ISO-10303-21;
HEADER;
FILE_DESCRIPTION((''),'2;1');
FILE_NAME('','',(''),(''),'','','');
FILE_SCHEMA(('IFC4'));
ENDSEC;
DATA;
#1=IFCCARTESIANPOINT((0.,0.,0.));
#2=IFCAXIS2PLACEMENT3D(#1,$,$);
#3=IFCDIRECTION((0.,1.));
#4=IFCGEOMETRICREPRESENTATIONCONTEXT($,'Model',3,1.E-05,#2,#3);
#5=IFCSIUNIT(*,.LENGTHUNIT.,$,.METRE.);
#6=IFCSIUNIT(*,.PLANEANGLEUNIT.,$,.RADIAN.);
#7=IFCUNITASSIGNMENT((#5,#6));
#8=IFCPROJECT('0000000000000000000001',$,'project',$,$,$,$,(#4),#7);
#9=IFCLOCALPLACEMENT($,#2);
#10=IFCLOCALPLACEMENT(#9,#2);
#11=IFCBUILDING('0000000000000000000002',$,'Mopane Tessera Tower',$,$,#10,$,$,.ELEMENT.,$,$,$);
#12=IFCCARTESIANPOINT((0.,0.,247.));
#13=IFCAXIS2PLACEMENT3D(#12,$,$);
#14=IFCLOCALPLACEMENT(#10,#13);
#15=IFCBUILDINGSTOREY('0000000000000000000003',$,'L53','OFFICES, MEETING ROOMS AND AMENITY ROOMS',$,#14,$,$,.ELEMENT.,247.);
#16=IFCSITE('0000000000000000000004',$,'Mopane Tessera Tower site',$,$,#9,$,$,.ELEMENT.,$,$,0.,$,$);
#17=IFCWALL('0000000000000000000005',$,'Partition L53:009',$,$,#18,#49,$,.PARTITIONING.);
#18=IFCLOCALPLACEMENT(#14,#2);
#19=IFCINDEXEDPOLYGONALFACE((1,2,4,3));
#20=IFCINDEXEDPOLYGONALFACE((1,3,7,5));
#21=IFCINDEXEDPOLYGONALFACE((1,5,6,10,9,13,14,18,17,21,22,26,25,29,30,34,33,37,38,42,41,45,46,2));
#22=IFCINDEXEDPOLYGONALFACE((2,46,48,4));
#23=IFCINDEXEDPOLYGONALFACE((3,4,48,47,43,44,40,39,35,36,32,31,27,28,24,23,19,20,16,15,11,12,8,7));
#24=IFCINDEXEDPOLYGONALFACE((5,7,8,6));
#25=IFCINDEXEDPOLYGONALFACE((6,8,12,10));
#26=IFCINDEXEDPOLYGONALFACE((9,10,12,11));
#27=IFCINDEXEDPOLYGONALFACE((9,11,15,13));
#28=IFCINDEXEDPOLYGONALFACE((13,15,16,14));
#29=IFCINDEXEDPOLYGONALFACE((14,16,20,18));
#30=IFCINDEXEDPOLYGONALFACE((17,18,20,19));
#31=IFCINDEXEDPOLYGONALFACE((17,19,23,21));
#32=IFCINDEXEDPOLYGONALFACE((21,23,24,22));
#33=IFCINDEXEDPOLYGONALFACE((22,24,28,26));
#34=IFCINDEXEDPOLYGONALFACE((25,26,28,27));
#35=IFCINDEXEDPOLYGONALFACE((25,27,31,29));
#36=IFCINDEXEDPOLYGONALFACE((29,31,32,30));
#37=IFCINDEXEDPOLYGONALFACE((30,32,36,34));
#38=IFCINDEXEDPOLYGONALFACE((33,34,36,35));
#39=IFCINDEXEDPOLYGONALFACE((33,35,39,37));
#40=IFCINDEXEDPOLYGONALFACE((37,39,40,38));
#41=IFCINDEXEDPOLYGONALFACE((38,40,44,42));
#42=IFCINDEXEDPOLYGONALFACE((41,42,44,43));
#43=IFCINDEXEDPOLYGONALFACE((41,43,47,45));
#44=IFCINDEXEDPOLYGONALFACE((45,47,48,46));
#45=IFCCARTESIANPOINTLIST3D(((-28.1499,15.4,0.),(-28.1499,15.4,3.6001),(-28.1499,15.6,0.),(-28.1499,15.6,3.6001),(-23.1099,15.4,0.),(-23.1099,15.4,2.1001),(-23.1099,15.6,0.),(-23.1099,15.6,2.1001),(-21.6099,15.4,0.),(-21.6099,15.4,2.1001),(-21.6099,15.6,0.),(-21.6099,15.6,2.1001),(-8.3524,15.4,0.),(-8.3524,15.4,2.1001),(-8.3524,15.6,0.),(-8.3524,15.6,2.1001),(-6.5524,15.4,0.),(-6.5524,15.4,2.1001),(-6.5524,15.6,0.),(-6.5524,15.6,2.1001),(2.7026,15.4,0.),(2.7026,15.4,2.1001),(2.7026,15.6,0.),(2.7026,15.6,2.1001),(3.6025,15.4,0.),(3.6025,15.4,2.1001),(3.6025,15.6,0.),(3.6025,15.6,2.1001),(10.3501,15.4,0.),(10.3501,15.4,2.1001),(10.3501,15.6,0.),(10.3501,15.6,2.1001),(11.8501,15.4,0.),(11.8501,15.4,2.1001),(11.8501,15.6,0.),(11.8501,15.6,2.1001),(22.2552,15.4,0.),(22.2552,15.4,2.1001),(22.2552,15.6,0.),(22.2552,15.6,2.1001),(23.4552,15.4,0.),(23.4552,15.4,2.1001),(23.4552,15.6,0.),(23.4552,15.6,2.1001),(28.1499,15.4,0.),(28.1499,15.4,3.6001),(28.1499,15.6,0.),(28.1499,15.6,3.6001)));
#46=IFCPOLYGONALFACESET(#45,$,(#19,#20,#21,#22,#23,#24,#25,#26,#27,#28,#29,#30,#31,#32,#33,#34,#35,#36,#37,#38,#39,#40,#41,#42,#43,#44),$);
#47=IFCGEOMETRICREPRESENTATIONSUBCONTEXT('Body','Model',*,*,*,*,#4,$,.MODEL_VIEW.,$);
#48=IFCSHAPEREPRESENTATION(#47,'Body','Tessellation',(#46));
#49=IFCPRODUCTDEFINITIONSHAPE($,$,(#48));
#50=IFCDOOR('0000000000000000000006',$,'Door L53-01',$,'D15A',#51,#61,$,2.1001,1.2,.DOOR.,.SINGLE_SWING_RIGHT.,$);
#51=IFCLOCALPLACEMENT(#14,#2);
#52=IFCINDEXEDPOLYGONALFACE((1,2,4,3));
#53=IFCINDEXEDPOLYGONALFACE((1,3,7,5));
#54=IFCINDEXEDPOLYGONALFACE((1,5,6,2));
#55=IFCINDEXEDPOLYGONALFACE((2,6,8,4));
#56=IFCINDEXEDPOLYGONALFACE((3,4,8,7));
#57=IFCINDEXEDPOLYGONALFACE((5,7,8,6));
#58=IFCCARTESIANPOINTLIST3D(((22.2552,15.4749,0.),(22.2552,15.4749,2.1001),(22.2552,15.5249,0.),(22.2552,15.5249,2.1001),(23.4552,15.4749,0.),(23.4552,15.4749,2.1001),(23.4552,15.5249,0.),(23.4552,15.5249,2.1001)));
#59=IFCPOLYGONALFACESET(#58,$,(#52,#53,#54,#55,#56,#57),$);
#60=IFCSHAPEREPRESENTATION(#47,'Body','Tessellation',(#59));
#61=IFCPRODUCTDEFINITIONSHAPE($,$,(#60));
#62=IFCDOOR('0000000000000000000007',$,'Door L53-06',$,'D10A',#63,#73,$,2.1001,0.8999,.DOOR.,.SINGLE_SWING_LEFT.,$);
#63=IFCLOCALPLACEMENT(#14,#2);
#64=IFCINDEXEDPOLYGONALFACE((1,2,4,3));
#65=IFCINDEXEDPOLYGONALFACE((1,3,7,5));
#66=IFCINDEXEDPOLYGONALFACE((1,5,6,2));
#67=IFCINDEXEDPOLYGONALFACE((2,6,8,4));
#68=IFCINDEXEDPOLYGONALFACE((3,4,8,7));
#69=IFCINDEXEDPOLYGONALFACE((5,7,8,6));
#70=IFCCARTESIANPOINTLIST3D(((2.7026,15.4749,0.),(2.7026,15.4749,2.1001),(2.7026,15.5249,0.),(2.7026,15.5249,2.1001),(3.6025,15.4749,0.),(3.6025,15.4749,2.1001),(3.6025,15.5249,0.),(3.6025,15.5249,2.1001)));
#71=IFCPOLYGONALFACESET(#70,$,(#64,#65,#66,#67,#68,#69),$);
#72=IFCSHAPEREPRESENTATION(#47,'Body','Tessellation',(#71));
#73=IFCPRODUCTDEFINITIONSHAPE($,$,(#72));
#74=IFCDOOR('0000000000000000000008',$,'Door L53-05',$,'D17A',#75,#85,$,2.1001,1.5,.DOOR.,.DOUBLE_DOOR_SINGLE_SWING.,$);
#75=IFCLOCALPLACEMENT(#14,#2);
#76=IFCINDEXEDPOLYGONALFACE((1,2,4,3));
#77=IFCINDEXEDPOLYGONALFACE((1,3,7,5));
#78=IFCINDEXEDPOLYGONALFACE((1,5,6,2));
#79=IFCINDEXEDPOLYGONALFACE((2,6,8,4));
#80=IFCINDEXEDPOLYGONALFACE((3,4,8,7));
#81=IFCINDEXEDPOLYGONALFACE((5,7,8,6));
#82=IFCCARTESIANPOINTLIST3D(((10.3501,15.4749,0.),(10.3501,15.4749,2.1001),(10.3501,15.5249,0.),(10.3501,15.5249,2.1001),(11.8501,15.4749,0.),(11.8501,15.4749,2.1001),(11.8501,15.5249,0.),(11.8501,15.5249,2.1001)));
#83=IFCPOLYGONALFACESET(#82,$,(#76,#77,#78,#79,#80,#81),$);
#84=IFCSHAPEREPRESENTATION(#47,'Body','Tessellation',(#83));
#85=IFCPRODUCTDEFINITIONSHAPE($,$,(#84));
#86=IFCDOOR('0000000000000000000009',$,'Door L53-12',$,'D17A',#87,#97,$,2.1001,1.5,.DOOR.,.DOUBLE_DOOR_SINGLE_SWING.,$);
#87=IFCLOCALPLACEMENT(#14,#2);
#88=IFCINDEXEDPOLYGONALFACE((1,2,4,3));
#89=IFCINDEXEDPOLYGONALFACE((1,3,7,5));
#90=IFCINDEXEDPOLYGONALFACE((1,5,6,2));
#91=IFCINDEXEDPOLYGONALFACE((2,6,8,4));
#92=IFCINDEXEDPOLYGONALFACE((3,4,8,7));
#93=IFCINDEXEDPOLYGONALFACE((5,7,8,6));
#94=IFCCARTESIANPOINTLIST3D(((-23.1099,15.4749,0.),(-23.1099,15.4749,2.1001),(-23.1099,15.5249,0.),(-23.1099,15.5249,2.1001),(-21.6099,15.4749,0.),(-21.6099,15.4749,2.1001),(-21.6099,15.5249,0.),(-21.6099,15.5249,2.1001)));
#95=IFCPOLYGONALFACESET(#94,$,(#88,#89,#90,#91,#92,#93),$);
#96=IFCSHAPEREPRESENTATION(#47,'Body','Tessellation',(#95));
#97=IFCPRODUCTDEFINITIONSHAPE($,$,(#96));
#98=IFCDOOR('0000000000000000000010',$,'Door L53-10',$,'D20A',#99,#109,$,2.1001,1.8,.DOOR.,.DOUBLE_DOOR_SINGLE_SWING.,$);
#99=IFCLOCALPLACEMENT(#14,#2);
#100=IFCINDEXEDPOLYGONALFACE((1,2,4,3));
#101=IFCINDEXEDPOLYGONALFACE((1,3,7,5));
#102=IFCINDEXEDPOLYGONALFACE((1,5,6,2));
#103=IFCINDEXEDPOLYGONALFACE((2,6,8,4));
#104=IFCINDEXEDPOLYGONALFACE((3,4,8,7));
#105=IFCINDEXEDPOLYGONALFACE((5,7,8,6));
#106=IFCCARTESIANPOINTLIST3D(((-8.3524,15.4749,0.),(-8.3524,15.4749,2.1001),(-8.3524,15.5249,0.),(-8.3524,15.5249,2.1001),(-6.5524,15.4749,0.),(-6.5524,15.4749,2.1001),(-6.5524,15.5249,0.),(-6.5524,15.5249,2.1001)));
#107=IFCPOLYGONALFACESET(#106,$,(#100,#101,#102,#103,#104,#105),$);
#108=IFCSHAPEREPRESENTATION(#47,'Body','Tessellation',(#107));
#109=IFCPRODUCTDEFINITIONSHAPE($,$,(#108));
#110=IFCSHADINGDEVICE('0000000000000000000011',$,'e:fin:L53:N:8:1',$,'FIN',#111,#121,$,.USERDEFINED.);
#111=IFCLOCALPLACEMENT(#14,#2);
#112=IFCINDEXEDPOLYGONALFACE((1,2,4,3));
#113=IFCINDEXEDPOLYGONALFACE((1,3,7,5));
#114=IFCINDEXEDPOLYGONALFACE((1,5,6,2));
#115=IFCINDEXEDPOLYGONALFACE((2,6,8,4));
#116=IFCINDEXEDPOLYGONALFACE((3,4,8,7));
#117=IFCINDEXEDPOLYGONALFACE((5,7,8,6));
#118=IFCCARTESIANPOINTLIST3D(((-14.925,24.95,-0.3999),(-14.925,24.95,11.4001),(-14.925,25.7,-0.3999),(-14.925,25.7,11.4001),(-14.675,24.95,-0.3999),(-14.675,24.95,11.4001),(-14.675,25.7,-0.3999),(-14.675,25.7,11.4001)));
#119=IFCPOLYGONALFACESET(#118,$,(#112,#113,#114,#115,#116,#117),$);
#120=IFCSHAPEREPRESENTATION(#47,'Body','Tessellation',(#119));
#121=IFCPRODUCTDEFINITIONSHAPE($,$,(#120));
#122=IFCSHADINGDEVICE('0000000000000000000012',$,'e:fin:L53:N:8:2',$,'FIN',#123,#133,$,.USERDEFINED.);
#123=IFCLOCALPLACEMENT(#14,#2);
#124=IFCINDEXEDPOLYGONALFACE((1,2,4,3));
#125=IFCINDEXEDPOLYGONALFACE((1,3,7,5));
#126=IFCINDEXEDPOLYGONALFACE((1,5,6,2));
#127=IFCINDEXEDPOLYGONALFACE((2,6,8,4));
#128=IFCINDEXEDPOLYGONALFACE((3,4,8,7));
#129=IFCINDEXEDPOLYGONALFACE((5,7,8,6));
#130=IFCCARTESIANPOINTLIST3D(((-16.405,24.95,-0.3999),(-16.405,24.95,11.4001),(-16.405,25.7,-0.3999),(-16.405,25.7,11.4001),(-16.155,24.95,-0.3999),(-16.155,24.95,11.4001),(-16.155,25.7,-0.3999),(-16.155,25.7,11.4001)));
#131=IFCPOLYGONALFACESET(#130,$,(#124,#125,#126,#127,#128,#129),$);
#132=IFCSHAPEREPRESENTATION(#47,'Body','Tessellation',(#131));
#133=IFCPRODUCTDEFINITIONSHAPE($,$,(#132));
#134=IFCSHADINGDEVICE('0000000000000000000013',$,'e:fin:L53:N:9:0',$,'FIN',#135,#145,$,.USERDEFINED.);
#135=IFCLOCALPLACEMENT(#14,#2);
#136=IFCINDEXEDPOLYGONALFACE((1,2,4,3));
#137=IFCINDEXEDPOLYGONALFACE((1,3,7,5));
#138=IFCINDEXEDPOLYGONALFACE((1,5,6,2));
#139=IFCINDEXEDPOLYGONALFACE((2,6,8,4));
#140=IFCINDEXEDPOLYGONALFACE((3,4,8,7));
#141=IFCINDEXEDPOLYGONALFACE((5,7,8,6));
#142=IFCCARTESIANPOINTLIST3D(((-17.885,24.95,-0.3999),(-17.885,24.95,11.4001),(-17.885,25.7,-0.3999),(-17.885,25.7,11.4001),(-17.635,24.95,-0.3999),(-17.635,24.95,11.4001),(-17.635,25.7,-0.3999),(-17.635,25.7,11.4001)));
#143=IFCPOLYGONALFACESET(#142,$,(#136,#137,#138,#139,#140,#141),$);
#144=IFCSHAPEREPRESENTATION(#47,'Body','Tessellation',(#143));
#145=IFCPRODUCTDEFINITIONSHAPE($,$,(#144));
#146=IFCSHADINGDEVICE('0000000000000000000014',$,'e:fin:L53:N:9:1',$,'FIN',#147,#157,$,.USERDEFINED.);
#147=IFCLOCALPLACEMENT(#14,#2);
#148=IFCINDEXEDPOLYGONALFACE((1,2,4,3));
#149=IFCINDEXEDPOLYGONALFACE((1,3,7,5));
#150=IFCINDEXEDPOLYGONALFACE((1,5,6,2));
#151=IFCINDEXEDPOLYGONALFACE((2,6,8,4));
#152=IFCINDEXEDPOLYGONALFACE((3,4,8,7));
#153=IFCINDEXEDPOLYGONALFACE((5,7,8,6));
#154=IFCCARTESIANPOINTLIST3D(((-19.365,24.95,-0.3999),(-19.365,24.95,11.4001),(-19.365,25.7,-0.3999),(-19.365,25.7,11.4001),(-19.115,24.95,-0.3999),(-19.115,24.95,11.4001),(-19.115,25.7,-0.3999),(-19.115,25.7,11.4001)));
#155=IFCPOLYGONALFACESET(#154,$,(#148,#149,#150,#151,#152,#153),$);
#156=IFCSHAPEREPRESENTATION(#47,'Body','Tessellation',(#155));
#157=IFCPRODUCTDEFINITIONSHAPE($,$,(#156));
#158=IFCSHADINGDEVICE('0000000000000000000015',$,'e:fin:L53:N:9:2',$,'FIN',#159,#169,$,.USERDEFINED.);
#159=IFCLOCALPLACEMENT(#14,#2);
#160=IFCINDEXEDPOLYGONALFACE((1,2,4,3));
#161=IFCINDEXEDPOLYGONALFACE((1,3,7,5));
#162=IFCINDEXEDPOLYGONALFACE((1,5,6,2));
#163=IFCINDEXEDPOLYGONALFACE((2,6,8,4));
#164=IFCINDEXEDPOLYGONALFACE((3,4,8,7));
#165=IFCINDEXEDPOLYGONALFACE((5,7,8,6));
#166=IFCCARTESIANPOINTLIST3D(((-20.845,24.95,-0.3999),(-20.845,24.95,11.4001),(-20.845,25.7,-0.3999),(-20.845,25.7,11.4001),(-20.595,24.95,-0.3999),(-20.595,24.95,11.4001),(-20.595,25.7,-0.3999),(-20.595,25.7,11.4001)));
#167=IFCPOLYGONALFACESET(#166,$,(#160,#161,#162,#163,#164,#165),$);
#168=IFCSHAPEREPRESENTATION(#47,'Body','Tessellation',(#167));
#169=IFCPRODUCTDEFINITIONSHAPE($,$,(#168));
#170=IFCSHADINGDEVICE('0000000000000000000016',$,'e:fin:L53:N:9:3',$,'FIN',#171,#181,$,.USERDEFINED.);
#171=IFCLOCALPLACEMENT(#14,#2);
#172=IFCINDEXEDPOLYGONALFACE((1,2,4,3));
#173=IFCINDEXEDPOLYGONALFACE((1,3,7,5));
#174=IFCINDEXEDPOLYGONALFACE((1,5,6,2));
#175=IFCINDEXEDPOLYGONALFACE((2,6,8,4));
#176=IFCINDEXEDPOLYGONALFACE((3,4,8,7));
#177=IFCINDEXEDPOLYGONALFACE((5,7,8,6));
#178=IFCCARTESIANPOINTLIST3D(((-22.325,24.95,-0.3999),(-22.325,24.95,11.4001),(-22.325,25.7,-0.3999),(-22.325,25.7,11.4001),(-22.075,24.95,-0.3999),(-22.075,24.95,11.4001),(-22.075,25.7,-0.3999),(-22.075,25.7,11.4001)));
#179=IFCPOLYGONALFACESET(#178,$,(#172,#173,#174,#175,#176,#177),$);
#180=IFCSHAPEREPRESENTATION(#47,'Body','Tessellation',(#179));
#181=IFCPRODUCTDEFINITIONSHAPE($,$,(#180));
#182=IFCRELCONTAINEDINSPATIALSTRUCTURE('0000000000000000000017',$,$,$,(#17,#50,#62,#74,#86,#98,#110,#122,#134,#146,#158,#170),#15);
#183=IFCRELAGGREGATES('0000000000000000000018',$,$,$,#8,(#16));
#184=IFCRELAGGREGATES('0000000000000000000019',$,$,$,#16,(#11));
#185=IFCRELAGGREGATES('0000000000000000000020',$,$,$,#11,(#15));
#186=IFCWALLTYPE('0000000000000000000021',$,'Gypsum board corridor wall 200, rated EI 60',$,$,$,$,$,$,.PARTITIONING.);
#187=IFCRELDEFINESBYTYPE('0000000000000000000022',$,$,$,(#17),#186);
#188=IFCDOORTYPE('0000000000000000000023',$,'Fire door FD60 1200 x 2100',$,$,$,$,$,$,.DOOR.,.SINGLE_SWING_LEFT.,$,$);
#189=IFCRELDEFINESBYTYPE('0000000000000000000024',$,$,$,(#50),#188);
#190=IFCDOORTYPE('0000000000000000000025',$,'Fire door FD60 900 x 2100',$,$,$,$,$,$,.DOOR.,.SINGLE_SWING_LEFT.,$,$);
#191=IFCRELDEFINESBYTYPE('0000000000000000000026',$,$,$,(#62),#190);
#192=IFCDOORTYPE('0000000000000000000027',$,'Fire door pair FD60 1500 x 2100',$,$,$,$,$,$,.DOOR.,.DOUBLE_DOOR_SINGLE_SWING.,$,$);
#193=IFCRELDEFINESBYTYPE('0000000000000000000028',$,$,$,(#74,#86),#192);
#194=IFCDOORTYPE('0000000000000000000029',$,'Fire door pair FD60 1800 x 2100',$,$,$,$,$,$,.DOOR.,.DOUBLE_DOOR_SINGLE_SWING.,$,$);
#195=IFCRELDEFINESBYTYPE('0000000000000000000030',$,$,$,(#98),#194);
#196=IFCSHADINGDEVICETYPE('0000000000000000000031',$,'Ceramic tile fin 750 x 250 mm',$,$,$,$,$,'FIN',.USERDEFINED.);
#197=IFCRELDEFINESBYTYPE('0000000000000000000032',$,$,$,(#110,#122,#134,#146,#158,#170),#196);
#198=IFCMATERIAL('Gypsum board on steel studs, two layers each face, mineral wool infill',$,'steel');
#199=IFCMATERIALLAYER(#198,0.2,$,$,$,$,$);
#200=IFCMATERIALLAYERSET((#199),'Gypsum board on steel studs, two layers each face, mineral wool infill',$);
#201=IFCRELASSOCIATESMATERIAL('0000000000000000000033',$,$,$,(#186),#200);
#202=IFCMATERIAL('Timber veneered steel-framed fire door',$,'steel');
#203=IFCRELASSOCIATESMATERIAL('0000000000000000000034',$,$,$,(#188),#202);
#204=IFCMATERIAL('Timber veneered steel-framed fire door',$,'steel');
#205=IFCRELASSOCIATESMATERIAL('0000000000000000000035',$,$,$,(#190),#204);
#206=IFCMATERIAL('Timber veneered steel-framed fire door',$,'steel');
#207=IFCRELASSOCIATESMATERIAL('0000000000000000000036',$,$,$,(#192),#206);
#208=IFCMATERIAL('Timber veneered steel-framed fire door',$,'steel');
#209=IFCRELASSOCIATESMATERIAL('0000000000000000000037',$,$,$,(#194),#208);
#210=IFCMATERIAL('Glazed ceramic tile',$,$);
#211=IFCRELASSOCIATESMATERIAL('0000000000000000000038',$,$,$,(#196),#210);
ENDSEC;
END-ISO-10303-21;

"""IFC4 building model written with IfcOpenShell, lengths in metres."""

from ifc_helpers import new_model, si_unit, direction, frame, frame_2d, origin, origin_2d, place, context, subcontext, project, spatial, rectangle, extrude, material, layer, layer_set, type_object, element, fill, save


model = new_model("IFC4")

# Units and contexts
model_context = context("Model", 3, precision=1e-05, world=origin(), true_north=direction((0.0, 1.0)))
body_context = subcontext(model_context, "Body", "Model", "MODEL_VIEW")
ifc_project = project(units=[si_unit("LENGTHUNIT", "METRE"), si_unit("PLANEANGLEUNIT", "RADIAN")], contexts=[model_context])

# Site, building, storey
site_placement = place(None, origin())
site = spatial("IfcSite", under=ifc_project, at=site_placement, Name="Mopane Tessera Tower site", CompositionType="ELEMENT", RefElevation=0.0)
building_placement = place(site_placement, origin())
building = spatial("IfcBuilding", under=site, at=building_placement, Name="Mopane Tessera Tower", CompositionType="ELEMENT")
storey_placement = place(building_placement, frame((0.0, 0.0, 247.0)))
storey = spatial("IfcBuildingStorey", under=building, at=storey_placement, Name="L53", Description="OFFICES, MEETING ROOMS AND AMENITY ROOMS", CompositionType="ELEMENT", Elevation=247.0)

# Wall, openings, doors
ifc_material_1 = material(Name="Gypsum board on steel studs, two layers each face, mineral wool infill", Category="steel")
ifc_layer_1 = layer(ifc_material_1, 0.2)
ifc_layer_set_1 = layer_set([ifc_layer_1], Name="Gypsum board on steel studs, two layers each face, mineral wool infill")
wall_type_1 = type_object("IfcWallType", Name="Gypsum board corridor wall 200, rated EI 60", PredefinedType="PARTITIONING", material=ifc_layer_set_1)
wall_1_placement = place(storey_placement, frame((-28.1499, 15.5, 0.0), z_axis=(0.0, 0.0, 1.0), x_axis=(1.0, 0.0, 0.0)))
wall_1 = element("IfcWall", 1, at=wall_1_placement, inside=storey, type_object=wall_type_1, Name="Partition L53:009", PredefinedType="PARTITIONING", context=body_context, shape_type="SweptSolid", body=[
    extrude(rectangle(XDim=56.2998, YDim=0.2, at=frame_2d((28.1499, 0.0))), origin(), (0.0, 0.0, 1.0), 3.6001),
])
opening_1_placement = place(wall_1_placement, frame((50.405, 0.0, 0.0)))
opening_1 = element("IfcOpeningElement", 2, at=opening_1_placement, cuts=wall_1, PredefinedType="OPENING", context=body_context, shape_type="SweptSolid", body=[
    extrude(rectangle(XDim=1.2, YDim=2.1001, at=frame_2d((0.6001, 1.05))), frame((0.0, 0.1121, 0.0), z_axis=(0.0, -1.0, 0.0), x_axis=(1.0, 0.0, 0.0)), (0.0, 0.0, 1.0), 0.2239),
])
opening_2_placement = place(wall_1_placement, frame((38.5, 0.0, 0.0)))
opening_2 = element("IfcOpeningElement", 3, at=opening_2_placement, cuts=wall_1, PredefinedType="OPENING", context=body_context, shape_type="SweptSolid", body=[
    extrude(rectangle(XDim=1.5, YDim=2.1001, at=frame_2d((0.75, 1.05))), frame((0.0, 0.1121, 0.0), z_axis=(0.0, -1.0, 0.0), x_axis=(1.0, 0.0, 0.0)), (0.0, 0.0, 1.0), 0.2239),
])
opening_3_placement = place(wall_1_placement, frame((30.8525, 0.0, 0.0)))
opening_3 = element("IfcOpeningElement", 4, at=opening_3_placement, cuts=wall_1, PredefinedType="OPENING", context=body_context, shape_type="SweptSolid", body=[
    extrude(rectangle(XDim=0.8999, YDim=2.1001, at=frame_2d((0.45, 1.05))), frame((0.0, 0.1121, 0.0), z_axis=(0.0, -1.0, 0.0), x_axis=(1.0, 0.0, 0.0)), (0.0, 0.0, 1.0), 0.2239),
])
opening_4_placement = place(wall_1_placement, frame((19.7976, 0.0, 0.0)))
opening_4 = element("IfcOpeningElement", 5, at=opening_4_placement, cuts=wall_1, PredefinedType="OPENING", context=body_context, shape_type="SweptSolid", body=[
    extrude(rectangle(XDim=1.8, YDim=2.1001, at=frame_2d((0.8999, 1.05))), frame((0.0, 0.1121, 0.0), z_axis=(0.0, -1.0, 0.0), x_axis=(1.0, 0.0, 0.0)), (0.0, 0.0, 1.0), 0.2239),
])
opening_5_placement = place(wall_1_placement, frame((5.04, 0.0, 0.0)))
opening_5 = element("IfcOpeningElement", 6, at=opening_5_placement, cuts=wall_1, PredefinedType="OPENING", context=body_context, shape_type="SweptSolid", body=[
    extrude(rectangle(XDim=1.5, YDim=2.1001, at=frame_2d((0.75, 1.05))), frame((0.0, 0.1121, 0.0), z_axis=(0.0, -1.0, 0.0), x_axis=(1.0, 0.0, 0.0)), (0.0, 0.0, 1.0), 0.2239),
])
ifc_material_2 = material(Name="Timber veneered steel-framed fire door", Category="steel")
door_type_1 = type_object("IfcDoorType", Name="Fire door FD60 1200 x 2100", OperationType="SINGLE_SWING_LEFT", PredefinedType="DOOR", material=ifc_material_2)
door_1_placement = place(opening_1_placement, origin())
door_1 = element("IfcDoor", 7, at=door_1_placement, inside=storey, type_object=door_type_1, Name="Door L53-01", ObjectType="D15A", OperationType="SINGLE_SWING_RIGHT", OverallHeight=2.1001, OverallWidth=1.2, PredefinedType="DOOR", context=body_context, shape_type="SweptSolid", body=[
    extrude(rectangle(XDim=1.2, YDim=2.1001, at=frame_2d((0.6001, 1.05))), frame((0.0, 0.0249, 0.0), z_axis=(0.0, -1.0, 0.0), x_axis=(1.0, 0.0, 0.0)), (0.0, 0.0, 1.0), 0.05),
])
fill(opening_1, door_1)
ifc_material_3 = material(Name="Timber veneered steel-framed fire door", Category="steel")
door_type_2 = type_object("IfcDoorType", Name="Fire door FD60 900 x 2100", OperationType="SINGLE_SWING_LEFT", PredefinedType="DOOR", material=ifc_material_3)
door_2_placement = place(opening_3_placement, origin())
door_2 = element("IfcDoor", 8, at=door_2_placement, inside=storey, type_object=door_type_2, Name="Door L53-06", ObjectType="D10A", OperationType="SINGLE_SWING_LEFT", OverallHeight=2.1001, OverallWidth=0.8999, PredefinedType="DOOR", context=body_context, shape_type="SweptSolid", body=[
    extrude(rectangle(XDim=0.8999, YDim=2.1001, at=frame_2d((0.45, 1.05))), frame((0.0, 0.0249, 0.0), z_axis=(0.0, -1.0, 0.0), x_axis=(1.0, 0.0, 0.0)), (0.0, 0.0, 1.0), 0.05),
])
fill(opening_3, door_2)
ifc_material_4 = material(Name="Timber veneered steel-framed fire door", Category="steel")
door_type_3 = type_object("IfcDoorType", Name="Fire door pair FD60 1500 x 2100", OperationType="DOUBLE_DOOR_SINGLE_SWING", PredefinedType="DOOR", material=ifc_material_4)
door_3_placement = place(opening_2_placement, origin())
door_3 = element("IfcDoor", 9, at=door_3_placement, inside=storey, type_object=door_type_3, Name="Door L53-05", ObjectType="D17A", OperationType="DOUBLE_DOOR_SINGLE_SWING", OverallHeight=2.1001, OverallWidth=1.5, PredefinedType="DOOR", context=body_context, shape_type="SweptSolid", body=[
    extrude(rectangle(XDim=1.5, YDim=2.1001, at=frame_2d((0.75, 1.05))), frame((0.0, 0.0249, 0.0), z_axis=(0.0, -1.0, 0.0), x_axis=(1.0, 0.0, 0.0)), (0.0, 0.0, 1.0), 0.05),
])
fill(opening_2, door_3)
door_4_placement = place(opening_5_placement, origin())
door_4 = element("IfcDoor", 10, at=door_4_placement, inside=storey, type_object=door_type_3, Name="Door L53-12", ObjectType="D17A", OperationType="DOUBLE_DOOR_SINGLE_SWING", OverallHeight=2.1001, OverallWidth=1.5, PredefinedType="DOOR", context=body_context, shape_type="SweptSolid", body=[
    extrude(rectangle(XDim=1.5, YDim=2.1001, at=frame_2d((0.75, 1.05))), frame((0.0, 0.0249, 0.0), z_axis=(0.0, -1.0, 0.0), x_axis=(1.0, 0.0, 0.0)), (0.0, 0.0, 1.0), 0.05),
])
fill(opening_5, door_4)
ifc_material_5 = material(Name="Timber veneered steel-framed fire door", Category="steel")
door_type_4 = type_object("IfcDoorType", Name="Fire door pair FD60 1800 x 2100", OperationType="DOUBLE_DOOR_SINGLE_SWING", PredefinedType="DOOR", material=ifc_material_5)
door_5_placement = place(opening_4_placement, origin())
door_5 = element("IfcDoor", 11, at=door_5_placement, inside=storey, type_object=door_type_4, Name="Door L53-10", ObjectType="D20A", OperationType="DOUBLE_DOOR_SINGLE_SWING", OverallHeight=2.1001, OverallWidth=1.8, PredefinedType="DOOR", context=body_context, shape_type="SweptSolid", body=[
    extrude(rectangle(XDim=1.8, YDim=2.1001, at=frame_2d((0.8999, 1.05))), frame((0.0, 0.0249, 0.0), z_axis=(0.0, -1.0, 0.0), x_axis=(1.0, 0.0, 0.0)), (0.0, 0.0, 1.0), 0.05),
])
fill(opening_4, door_5)

# Shading devices
ifc_material_6 = material(Name="Glazed ceramic tile")
shading_device_type = type_object("IfcShadingDeviceType", Name="Ceramic tile fin 750 x 250 mm", ElementType="FIN", PredefinedType="USERDEFINED", material=ifc_material_6)
for number, where, z_axis, x_axis, name in (
    (12, (-14.8, 25.325, -0.3999), (0.0, 0.0, 1.0), (-1.0, 0.0, 0.0), "e:fin:L53:N:8:1"),
    (13, (-16.28, 25.325, -0.3999), (0.0, 0.0, 1.0), (-1.0, 0.0, 0.0), "e:fin:L53:N:8:2"),
    (14, (-17.76, 25.325, -0.3999), (0.0, 0.0, 1.0), (-1.0, 0.0, 0.0), "e:fin:L53:N:9:0"),
    (15, (-19.24, 25.325, -0.3999), (0.0, 0.0, 1.0), (-1.0, 0.0, 0.0), "e:fin:L53:N:9:1"),
    (16, (-20.72, 25.325, -0.3999), (0.0, 0.0, 1.0), (-1.0, 0.0, 0.0), "e:fin:L53:N:9:2"),
    (17, (-22.2, 25.325, -0.3999), (0.0, 0.0, 1.0), (-1.0, 0.0, 0.0), "e:fin:L53:N:9:3"),
):
    element("IfcShadingDevice", number, at=place(storey_placement, frame(where, z_axis=z_axis, x_axis=x_axis)), inside=storey, type_object=shading_device_type, Name=name, ObjectType="FIN", PredefinedType="USERDEFINED", context=body_context, shape_type="SweptSolid", body=[
        extrude(rectangle(XDim=0.25, YDim=0.75, at=origin_2d()), origin(), (0.0, 0.0, 1.0), 11.8),
    ])

save(model, "model.ifc")
